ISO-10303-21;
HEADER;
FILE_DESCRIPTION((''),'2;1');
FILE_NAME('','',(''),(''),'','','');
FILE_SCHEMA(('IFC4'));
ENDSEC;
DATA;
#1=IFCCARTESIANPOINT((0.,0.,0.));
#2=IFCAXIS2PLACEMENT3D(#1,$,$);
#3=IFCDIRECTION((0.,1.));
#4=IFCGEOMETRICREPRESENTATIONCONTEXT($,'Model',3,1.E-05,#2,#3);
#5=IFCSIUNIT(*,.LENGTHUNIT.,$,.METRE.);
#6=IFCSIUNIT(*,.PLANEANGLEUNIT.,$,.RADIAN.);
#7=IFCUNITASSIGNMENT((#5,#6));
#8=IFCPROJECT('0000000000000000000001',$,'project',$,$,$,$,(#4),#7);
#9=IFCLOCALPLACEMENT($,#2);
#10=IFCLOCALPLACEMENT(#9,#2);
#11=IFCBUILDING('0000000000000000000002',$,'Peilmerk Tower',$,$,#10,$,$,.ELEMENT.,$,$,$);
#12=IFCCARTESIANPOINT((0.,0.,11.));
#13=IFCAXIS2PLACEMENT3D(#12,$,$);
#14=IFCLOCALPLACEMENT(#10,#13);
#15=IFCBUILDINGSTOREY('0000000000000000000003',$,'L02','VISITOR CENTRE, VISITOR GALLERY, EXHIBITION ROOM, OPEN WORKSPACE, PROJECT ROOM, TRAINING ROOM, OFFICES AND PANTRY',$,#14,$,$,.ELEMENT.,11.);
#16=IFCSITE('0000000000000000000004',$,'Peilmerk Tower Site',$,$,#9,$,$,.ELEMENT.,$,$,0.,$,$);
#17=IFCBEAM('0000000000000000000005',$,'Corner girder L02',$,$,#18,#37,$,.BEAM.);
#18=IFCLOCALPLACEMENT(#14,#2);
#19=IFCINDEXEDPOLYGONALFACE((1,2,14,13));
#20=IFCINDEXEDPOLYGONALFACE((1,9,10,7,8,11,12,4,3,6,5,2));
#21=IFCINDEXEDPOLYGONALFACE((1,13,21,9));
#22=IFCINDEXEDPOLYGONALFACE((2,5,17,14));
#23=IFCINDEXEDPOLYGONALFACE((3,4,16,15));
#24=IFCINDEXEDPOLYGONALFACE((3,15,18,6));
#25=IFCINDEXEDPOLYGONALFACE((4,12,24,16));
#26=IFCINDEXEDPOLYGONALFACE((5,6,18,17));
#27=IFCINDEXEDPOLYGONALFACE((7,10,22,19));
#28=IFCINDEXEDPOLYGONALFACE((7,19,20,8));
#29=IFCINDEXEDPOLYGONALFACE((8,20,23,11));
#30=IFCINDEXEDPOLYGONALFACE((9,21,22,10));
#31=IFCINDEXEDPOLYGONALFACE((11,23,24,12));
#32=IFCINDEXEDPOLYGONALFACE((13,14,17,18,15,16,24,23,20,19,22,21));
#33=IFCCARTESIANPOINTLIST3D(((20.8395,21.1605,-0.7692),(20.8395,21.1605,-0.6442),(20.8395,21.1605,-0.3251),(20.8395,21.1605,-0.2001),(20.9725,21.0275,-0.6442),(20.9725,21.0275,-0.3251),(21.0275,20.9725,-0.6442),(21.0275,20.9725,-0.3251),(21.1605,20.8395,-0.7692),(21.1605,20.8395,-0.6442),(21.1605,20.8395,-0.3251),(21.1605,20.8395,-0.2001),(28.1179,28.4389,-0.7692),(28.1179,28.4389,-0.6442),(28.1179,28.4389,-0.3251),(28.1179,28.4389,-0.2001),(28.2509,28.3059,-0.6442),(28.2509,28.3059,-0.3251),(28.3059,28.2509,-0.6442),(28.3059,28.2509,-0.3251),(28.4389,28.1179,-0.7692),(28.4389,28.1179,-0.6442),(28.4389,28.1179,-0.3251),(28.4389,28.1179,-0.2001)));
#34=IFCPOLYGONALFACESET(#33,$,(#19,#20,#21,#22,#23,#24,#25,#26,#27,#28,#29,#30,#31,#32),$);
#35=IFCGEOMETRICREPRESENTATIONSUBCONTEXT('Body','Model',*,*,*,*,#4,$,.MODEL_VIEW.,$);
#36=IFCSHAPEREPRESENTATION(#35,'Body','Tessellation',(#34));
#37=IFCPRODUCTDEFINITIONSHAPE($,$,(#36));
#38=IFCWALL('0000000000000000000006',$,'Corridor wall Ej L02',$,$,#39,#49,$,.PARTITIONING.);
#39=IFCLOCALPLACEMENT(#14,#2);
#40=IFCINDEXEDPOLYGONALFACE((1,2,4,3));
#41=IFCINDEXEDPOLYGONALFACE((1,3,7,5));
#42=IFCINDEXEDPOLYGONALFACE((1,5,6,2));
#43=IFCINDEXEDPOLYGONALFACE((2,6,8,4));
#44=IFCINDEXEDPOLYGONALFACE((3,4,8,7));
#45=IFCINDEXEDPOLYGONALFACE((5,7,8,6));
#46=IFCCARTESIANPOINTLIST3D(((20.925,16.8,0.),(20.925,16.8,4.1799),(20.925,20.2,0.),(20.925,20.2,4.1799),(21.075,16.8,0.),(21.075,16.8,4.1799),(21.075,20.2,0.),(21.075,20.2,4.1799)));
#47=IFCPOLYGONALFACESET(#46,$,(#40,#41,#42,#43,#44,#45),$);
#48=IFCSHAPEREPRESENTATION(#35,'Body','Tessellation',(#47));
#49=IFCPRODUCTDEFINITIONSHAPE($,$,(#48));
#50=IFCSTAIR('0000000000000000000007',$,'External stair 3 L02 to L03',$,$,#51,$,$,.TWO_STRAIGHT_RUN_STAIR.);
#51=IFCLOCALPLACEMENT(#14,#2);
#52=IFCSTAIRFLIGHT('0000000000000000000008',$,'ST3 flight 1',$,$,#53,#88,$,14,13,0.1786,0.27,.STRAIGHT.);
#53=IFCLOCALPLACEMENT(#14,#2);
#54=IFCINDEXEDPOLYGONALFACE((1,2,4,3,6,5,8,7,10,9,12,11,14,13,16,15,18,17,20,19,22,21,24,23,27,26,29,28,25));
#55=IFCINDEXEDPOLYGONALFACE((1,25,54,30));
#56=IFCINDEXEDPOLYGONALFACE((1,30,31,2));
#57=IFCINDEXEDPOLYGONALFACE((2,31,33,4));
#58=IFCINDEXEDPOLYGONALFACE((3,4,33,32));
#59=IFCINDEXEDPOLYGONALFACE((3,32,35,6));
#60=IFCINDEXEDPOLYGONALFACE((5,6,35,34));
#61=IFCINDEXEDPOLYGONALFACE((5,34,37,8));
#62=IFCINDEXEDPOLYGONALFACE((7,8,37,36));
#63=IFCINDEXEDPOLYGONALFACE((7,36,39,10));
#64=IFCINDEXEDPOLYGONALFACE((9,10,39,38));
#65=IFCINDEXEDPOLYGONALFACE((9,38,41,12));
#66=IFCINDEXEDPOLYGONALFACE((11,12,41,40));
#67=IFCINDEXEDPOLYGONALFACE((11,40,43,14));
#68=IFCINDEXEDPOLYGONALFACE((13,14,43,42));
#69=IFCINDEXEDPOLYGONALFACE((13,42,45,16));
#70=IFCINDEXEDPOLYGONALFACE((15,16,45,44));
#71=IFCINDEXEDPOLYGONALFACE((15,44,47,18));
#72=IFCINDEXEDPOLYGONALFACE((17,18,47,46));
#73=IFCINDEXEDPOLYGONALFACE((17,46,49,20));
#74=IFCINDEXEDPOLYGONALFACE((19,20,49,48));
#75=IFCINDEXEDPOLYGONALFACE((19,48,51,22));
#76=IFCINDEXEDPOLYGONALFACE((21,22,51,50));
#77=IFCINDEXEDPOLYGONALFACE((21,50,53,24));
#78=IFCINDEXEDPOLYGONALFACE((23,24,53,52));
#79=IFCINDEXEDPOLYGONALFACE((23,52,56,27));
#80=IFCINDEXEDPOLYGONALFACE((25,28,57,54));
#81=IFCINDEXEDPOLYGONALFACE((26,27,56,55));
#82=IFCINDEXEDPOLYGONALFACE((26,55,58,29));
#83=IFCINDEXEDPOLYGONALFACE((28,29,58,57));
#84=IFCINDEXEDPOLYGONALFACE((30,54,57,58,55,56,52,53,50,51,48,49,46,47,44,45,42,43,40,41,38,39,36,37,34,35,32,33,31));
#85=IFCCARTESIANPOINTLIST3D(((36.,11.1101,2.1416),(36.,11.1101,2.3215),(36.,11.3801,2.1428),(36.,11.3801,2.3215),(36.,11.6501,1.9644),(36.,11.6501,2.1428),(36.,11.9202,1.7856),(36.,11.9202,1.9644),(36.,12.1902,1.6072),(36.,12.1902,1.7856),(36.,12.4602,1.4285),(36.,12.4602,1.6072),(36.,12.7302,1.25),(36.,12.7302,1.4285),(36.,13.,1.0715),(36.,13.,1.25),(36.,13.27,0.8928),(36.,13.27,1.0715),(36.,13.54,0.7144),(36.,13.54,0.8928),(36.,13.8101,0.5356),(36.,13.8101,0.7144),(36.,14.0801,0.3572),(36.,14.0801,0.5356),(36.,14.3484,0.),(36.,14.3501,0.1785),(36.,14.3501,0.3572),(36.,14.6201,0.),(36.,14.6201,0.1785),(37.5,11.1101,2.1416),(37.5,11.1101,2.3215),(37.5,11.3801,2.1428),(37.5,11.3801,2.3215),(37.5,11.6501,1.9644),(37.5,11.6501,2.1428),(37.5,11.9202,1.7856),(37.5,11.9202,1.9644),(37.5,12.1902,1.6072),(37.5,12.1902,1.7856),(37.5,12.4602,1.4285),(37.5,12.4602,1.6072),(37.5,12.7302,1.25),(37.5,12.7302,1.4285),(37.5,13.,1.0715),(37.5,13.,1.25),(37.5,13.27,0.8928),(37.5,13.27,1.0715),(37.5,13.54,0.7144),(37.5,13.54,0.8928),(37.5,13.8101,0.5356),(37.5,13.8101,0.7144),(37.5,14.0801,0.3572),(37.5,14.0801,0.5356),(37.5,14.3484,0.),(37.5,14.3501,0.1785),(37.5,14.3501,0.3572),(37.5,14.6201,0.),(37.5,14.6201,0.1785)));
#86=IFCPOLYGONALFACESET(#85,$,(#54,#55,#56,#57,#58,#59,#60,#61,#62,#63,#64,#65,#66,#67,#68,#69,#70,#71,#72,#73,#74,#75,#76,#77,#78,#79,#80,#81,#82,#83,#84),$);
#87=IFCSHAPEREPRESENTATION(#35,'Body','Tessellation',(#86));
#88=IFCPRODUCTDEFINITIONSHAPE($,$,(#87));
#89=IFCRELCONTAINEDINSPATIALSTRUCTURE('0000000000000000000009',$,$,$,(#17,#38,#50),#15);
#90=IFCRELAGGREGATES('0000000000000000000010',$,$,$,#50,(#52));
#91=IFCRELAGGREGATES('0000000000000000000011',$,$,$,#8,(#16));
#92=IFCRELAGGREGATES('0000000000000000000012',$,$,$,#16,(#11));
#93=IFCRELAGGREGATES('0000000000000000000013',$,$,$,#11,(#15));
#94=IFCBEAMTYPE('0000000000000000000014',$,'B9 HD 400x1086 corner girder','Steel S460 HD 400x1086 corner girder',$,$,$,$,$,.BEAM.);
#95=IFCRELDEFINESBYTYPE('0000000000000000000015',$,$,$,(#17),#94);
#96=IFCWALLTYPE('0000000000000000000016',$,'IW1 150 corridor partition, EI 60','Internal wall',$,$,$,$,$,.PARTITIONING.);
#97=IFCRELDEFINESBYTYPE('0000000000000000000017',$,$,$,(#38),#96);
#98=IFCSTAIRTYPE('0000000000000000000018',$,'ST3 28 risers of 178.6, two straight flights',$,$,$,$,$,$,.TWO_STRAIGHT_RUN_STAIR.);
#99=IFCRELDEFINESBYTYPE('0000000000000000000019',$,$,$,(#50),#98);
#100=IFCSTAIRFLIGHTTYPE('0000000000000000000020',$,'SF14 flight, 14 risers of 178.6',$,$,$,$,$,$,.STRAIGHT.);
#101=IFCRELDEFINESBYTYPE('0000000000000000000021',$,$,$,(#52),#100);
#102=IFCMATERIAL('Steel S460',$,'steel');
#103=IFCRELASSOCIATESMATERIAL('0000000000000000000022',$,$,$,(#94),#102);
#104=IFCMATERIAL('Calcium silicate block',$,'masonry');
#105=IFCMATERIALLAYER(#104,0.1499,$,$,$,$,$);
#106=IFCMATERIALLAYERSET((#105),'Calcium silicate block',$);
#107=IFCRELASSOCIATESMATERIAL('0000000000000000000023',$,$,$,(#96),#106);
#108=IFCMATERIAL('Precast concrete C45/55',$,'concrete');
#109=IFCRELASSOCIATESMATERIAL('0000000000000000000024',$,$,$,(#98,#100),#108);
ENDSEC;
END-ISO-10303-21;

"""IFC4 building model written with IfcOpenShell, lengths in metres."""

from ifc_helpers import new_model, si_unit, direction, frame, frame_2d, origin, origin_2d, place, context, subcontext, project, spatial, polyline, rectangle, i_section, outline, extrude, material, layer, layer_set, material_profile, profile_set, type_object, element, aggregate, save


model = new_model("IFC4")

# Units and contexts
model_context = context("Model", 3, precision=1e-05, world=origin(), true_north=direction((0.0, 1.0)))
body_context = subcontext(model_context, "Body", "Model", "MODEL_VIEW")
ifc_project = project(units=[si_unit("LENGTHUNIT", "METRE"), si_unit("PLANEANGLEUNIT", "RADIAN")], contexts=[model_context])

# Site, building, storey
site_placement = place(None, origin())
site = spatial("IfcSite", under=ifc_project, at=site_placement, Name="Peilmerk Tower Site", CompositionType="ELEMENT", RefElevation=0.0)
building_placement = place(site_placement, origin())
building = spatial("IfcBuilding", under=site, at=building_placement, Name="Peilmerk Tower", CompositionType="ELEMENT")
storey_placement = place(building_placement, frame((0.0, 0.0, 11.0)))
storey = spatial("IfcBuildingStorey", under=building, at=storey_placement, Name="L02", Description="VISITOR CENTRE, VISITOR GALLERY, EXHIBITION ROOM, OPEN WORKSPACE, PROJECT ROOM, TRAINING ROOM, OFFICES AND PANTRY", CompositionType="ELEMENT", Elevation=11.0)

# Beam
ifc_material_1 = material(Name="Steel S460", Category="steel")
ifc_material_profile_1 = material_profile(ifc_material_1, i_section(OverallWidth=0.4541, OverallDepth=0.5691, WebThickness=0.0779, FlangeThickness=0.125, at=origin_2d()), Name="HD 400x1086")
ifc_profile_set_1 = profile_set([ifc_material_profile_1], Name="Steel S460")
beam_type_1 = type_object("IfcBeamType", Name="B9 HD 400x1086 corner girder", Description="Steel S460 HD 400x1086 corner girder", PredefinedType="BEAM", material=ifc_profile_set_1)
beam_1_placement = place(storey_placement, frame((21.0, 21.0, -0.4846), z_axis=(0.707107, 0.707107, 0.0), x_axis=(-0.707107, 0.707107, 0.0)))
element("IfcBeam", 1, at=beam_1_placement, inside=storey, type_object=beam_type_1, Name="Corner girder L02", PredefinedType="BEAM", context=body_context, shape_type="SweptSolid", body=[
    extrude(i_section(OverallWidth=0.4541, OverallDepth=0.5691, WebThickness=0.0779, FlangeThickness=0.125, at=origin_2d()), origin(), (0.0, 0.0, 1.0), 10.2932),
])

# Wall
ifc_material_2 = material(Name="Calcium silicate block", Category="masonry")
ifc_layer = layer(ifc_material_2, 0.1499)
ifc_layer_set = layer_set([ifc_layer], Name="Calcium silicate block")
wall_type = type_object("IfcWallType", Name="IW1 150 corridor partition, EI 60", Description="Internal wall", PredefinedType="PARTITIONING", material=ifc_layer_set)
wall_placement = place(storey_placement, frame((21.0, 16.8, 0.0), z_axis=(0.0, 0.0, 1.0), x_axis=(0.0, 1.0, 0.0)))
element("IfcWall", 2, at=wall_placement, inside=storey, type_object=wall_type, Name="Corridor wall Ej L02", PredefinedType="PARTITIONING", context=body_context, shape_type="SweptSolid", body=[
    extrude(rectangle(XDim=3.3999, YDim=0.1499, at=frame_2d((1.7, 0.0))), origin(), (0.0, 0.0, 1.0), 4.1799),
])

# Stair, stair flight
ifc_material_3 = material(Name="Precast concrete C45/55", Category="concrete")
stair_type = type_object("IfcStairType", Name="ST3 28 risers of 178.6, two straight flights", PredefinedType="TWO_STRAIGHT_RUN_STAIR", material=ifc_material_3)
stair_placement = place(storey_placement, origin())
stair = element("IfcStair", 3, at=stair_placement, inside=storey, type_object=stair_type, Name="External stair 3 L02 to L03", PredefinedType="TWO_STRAIGHT_RUN_STAIR")
stair_flight_type = type_object("IfcStairFlightType", Name="SF14 flight, 14 risers of 178.6", PredefinedType="STRAIGHT", material=ifc_material_3)
stair_flight_placement = place(storey_placement, frame((36.75, 14.6201, 0.0), z_axis=(0.0, 0.0, 1.0), x_axis=(0.0, -1.0, 0.0)))
stair_flight = element("IfcStairFlight", 4, at=stair_flight_placement, type_object=stair_flight_type, Name="ST3 flight 1", NumberOfRisers=14, NumberOfTreads=13, PredefinedType="STRAIGHT", RiserHeight=0.1786, TreadLength=0.27, context=body_context, shape_type="SweptSolid", body=[
    extrude(outline(polyline([(0.0, 0.0), (0.0, 0.1785), (0.27, 0.1785), (0.27, 0.3572), (0.54, 0.3572), (0.54, 0.5356), (0.8101, 0.5356), (0.8101, 0.7144), (1.0801, 0.7144), (1.0801, 0.8928), (1.3501, 0.8928), (1.3501, 1.0715), (1.6201, 1.0715), (1.6201, 1.25), (1.8899, 1.25), (1.8899, 1.4285), (2.1599, 1.4285), (2.1599, 1.6072), (2.4299, 1.6072), (2.4299, 1.7856), (2.7, 1.7856), (2.7, 1.9644), (2.97, 1.9644), (2.97, 2.1428), (3.24, 2.1428), (3.24, 2.3215), (3.51, 2.3215), (3.51, 2.5), (3.51, 2.1416), (0.2717, 0.0), (0.0, 0.0)])), frame((0.0, 0.75, 0.0), z_axis=(0.0, -1.0, 0.0), x_axis=(1.0, 0.0, 0.0)), (0.0, 0.0, 1.0), 1.5),
])
aggregate(stair, [stair_flight])

save(model, "model.ifc")
